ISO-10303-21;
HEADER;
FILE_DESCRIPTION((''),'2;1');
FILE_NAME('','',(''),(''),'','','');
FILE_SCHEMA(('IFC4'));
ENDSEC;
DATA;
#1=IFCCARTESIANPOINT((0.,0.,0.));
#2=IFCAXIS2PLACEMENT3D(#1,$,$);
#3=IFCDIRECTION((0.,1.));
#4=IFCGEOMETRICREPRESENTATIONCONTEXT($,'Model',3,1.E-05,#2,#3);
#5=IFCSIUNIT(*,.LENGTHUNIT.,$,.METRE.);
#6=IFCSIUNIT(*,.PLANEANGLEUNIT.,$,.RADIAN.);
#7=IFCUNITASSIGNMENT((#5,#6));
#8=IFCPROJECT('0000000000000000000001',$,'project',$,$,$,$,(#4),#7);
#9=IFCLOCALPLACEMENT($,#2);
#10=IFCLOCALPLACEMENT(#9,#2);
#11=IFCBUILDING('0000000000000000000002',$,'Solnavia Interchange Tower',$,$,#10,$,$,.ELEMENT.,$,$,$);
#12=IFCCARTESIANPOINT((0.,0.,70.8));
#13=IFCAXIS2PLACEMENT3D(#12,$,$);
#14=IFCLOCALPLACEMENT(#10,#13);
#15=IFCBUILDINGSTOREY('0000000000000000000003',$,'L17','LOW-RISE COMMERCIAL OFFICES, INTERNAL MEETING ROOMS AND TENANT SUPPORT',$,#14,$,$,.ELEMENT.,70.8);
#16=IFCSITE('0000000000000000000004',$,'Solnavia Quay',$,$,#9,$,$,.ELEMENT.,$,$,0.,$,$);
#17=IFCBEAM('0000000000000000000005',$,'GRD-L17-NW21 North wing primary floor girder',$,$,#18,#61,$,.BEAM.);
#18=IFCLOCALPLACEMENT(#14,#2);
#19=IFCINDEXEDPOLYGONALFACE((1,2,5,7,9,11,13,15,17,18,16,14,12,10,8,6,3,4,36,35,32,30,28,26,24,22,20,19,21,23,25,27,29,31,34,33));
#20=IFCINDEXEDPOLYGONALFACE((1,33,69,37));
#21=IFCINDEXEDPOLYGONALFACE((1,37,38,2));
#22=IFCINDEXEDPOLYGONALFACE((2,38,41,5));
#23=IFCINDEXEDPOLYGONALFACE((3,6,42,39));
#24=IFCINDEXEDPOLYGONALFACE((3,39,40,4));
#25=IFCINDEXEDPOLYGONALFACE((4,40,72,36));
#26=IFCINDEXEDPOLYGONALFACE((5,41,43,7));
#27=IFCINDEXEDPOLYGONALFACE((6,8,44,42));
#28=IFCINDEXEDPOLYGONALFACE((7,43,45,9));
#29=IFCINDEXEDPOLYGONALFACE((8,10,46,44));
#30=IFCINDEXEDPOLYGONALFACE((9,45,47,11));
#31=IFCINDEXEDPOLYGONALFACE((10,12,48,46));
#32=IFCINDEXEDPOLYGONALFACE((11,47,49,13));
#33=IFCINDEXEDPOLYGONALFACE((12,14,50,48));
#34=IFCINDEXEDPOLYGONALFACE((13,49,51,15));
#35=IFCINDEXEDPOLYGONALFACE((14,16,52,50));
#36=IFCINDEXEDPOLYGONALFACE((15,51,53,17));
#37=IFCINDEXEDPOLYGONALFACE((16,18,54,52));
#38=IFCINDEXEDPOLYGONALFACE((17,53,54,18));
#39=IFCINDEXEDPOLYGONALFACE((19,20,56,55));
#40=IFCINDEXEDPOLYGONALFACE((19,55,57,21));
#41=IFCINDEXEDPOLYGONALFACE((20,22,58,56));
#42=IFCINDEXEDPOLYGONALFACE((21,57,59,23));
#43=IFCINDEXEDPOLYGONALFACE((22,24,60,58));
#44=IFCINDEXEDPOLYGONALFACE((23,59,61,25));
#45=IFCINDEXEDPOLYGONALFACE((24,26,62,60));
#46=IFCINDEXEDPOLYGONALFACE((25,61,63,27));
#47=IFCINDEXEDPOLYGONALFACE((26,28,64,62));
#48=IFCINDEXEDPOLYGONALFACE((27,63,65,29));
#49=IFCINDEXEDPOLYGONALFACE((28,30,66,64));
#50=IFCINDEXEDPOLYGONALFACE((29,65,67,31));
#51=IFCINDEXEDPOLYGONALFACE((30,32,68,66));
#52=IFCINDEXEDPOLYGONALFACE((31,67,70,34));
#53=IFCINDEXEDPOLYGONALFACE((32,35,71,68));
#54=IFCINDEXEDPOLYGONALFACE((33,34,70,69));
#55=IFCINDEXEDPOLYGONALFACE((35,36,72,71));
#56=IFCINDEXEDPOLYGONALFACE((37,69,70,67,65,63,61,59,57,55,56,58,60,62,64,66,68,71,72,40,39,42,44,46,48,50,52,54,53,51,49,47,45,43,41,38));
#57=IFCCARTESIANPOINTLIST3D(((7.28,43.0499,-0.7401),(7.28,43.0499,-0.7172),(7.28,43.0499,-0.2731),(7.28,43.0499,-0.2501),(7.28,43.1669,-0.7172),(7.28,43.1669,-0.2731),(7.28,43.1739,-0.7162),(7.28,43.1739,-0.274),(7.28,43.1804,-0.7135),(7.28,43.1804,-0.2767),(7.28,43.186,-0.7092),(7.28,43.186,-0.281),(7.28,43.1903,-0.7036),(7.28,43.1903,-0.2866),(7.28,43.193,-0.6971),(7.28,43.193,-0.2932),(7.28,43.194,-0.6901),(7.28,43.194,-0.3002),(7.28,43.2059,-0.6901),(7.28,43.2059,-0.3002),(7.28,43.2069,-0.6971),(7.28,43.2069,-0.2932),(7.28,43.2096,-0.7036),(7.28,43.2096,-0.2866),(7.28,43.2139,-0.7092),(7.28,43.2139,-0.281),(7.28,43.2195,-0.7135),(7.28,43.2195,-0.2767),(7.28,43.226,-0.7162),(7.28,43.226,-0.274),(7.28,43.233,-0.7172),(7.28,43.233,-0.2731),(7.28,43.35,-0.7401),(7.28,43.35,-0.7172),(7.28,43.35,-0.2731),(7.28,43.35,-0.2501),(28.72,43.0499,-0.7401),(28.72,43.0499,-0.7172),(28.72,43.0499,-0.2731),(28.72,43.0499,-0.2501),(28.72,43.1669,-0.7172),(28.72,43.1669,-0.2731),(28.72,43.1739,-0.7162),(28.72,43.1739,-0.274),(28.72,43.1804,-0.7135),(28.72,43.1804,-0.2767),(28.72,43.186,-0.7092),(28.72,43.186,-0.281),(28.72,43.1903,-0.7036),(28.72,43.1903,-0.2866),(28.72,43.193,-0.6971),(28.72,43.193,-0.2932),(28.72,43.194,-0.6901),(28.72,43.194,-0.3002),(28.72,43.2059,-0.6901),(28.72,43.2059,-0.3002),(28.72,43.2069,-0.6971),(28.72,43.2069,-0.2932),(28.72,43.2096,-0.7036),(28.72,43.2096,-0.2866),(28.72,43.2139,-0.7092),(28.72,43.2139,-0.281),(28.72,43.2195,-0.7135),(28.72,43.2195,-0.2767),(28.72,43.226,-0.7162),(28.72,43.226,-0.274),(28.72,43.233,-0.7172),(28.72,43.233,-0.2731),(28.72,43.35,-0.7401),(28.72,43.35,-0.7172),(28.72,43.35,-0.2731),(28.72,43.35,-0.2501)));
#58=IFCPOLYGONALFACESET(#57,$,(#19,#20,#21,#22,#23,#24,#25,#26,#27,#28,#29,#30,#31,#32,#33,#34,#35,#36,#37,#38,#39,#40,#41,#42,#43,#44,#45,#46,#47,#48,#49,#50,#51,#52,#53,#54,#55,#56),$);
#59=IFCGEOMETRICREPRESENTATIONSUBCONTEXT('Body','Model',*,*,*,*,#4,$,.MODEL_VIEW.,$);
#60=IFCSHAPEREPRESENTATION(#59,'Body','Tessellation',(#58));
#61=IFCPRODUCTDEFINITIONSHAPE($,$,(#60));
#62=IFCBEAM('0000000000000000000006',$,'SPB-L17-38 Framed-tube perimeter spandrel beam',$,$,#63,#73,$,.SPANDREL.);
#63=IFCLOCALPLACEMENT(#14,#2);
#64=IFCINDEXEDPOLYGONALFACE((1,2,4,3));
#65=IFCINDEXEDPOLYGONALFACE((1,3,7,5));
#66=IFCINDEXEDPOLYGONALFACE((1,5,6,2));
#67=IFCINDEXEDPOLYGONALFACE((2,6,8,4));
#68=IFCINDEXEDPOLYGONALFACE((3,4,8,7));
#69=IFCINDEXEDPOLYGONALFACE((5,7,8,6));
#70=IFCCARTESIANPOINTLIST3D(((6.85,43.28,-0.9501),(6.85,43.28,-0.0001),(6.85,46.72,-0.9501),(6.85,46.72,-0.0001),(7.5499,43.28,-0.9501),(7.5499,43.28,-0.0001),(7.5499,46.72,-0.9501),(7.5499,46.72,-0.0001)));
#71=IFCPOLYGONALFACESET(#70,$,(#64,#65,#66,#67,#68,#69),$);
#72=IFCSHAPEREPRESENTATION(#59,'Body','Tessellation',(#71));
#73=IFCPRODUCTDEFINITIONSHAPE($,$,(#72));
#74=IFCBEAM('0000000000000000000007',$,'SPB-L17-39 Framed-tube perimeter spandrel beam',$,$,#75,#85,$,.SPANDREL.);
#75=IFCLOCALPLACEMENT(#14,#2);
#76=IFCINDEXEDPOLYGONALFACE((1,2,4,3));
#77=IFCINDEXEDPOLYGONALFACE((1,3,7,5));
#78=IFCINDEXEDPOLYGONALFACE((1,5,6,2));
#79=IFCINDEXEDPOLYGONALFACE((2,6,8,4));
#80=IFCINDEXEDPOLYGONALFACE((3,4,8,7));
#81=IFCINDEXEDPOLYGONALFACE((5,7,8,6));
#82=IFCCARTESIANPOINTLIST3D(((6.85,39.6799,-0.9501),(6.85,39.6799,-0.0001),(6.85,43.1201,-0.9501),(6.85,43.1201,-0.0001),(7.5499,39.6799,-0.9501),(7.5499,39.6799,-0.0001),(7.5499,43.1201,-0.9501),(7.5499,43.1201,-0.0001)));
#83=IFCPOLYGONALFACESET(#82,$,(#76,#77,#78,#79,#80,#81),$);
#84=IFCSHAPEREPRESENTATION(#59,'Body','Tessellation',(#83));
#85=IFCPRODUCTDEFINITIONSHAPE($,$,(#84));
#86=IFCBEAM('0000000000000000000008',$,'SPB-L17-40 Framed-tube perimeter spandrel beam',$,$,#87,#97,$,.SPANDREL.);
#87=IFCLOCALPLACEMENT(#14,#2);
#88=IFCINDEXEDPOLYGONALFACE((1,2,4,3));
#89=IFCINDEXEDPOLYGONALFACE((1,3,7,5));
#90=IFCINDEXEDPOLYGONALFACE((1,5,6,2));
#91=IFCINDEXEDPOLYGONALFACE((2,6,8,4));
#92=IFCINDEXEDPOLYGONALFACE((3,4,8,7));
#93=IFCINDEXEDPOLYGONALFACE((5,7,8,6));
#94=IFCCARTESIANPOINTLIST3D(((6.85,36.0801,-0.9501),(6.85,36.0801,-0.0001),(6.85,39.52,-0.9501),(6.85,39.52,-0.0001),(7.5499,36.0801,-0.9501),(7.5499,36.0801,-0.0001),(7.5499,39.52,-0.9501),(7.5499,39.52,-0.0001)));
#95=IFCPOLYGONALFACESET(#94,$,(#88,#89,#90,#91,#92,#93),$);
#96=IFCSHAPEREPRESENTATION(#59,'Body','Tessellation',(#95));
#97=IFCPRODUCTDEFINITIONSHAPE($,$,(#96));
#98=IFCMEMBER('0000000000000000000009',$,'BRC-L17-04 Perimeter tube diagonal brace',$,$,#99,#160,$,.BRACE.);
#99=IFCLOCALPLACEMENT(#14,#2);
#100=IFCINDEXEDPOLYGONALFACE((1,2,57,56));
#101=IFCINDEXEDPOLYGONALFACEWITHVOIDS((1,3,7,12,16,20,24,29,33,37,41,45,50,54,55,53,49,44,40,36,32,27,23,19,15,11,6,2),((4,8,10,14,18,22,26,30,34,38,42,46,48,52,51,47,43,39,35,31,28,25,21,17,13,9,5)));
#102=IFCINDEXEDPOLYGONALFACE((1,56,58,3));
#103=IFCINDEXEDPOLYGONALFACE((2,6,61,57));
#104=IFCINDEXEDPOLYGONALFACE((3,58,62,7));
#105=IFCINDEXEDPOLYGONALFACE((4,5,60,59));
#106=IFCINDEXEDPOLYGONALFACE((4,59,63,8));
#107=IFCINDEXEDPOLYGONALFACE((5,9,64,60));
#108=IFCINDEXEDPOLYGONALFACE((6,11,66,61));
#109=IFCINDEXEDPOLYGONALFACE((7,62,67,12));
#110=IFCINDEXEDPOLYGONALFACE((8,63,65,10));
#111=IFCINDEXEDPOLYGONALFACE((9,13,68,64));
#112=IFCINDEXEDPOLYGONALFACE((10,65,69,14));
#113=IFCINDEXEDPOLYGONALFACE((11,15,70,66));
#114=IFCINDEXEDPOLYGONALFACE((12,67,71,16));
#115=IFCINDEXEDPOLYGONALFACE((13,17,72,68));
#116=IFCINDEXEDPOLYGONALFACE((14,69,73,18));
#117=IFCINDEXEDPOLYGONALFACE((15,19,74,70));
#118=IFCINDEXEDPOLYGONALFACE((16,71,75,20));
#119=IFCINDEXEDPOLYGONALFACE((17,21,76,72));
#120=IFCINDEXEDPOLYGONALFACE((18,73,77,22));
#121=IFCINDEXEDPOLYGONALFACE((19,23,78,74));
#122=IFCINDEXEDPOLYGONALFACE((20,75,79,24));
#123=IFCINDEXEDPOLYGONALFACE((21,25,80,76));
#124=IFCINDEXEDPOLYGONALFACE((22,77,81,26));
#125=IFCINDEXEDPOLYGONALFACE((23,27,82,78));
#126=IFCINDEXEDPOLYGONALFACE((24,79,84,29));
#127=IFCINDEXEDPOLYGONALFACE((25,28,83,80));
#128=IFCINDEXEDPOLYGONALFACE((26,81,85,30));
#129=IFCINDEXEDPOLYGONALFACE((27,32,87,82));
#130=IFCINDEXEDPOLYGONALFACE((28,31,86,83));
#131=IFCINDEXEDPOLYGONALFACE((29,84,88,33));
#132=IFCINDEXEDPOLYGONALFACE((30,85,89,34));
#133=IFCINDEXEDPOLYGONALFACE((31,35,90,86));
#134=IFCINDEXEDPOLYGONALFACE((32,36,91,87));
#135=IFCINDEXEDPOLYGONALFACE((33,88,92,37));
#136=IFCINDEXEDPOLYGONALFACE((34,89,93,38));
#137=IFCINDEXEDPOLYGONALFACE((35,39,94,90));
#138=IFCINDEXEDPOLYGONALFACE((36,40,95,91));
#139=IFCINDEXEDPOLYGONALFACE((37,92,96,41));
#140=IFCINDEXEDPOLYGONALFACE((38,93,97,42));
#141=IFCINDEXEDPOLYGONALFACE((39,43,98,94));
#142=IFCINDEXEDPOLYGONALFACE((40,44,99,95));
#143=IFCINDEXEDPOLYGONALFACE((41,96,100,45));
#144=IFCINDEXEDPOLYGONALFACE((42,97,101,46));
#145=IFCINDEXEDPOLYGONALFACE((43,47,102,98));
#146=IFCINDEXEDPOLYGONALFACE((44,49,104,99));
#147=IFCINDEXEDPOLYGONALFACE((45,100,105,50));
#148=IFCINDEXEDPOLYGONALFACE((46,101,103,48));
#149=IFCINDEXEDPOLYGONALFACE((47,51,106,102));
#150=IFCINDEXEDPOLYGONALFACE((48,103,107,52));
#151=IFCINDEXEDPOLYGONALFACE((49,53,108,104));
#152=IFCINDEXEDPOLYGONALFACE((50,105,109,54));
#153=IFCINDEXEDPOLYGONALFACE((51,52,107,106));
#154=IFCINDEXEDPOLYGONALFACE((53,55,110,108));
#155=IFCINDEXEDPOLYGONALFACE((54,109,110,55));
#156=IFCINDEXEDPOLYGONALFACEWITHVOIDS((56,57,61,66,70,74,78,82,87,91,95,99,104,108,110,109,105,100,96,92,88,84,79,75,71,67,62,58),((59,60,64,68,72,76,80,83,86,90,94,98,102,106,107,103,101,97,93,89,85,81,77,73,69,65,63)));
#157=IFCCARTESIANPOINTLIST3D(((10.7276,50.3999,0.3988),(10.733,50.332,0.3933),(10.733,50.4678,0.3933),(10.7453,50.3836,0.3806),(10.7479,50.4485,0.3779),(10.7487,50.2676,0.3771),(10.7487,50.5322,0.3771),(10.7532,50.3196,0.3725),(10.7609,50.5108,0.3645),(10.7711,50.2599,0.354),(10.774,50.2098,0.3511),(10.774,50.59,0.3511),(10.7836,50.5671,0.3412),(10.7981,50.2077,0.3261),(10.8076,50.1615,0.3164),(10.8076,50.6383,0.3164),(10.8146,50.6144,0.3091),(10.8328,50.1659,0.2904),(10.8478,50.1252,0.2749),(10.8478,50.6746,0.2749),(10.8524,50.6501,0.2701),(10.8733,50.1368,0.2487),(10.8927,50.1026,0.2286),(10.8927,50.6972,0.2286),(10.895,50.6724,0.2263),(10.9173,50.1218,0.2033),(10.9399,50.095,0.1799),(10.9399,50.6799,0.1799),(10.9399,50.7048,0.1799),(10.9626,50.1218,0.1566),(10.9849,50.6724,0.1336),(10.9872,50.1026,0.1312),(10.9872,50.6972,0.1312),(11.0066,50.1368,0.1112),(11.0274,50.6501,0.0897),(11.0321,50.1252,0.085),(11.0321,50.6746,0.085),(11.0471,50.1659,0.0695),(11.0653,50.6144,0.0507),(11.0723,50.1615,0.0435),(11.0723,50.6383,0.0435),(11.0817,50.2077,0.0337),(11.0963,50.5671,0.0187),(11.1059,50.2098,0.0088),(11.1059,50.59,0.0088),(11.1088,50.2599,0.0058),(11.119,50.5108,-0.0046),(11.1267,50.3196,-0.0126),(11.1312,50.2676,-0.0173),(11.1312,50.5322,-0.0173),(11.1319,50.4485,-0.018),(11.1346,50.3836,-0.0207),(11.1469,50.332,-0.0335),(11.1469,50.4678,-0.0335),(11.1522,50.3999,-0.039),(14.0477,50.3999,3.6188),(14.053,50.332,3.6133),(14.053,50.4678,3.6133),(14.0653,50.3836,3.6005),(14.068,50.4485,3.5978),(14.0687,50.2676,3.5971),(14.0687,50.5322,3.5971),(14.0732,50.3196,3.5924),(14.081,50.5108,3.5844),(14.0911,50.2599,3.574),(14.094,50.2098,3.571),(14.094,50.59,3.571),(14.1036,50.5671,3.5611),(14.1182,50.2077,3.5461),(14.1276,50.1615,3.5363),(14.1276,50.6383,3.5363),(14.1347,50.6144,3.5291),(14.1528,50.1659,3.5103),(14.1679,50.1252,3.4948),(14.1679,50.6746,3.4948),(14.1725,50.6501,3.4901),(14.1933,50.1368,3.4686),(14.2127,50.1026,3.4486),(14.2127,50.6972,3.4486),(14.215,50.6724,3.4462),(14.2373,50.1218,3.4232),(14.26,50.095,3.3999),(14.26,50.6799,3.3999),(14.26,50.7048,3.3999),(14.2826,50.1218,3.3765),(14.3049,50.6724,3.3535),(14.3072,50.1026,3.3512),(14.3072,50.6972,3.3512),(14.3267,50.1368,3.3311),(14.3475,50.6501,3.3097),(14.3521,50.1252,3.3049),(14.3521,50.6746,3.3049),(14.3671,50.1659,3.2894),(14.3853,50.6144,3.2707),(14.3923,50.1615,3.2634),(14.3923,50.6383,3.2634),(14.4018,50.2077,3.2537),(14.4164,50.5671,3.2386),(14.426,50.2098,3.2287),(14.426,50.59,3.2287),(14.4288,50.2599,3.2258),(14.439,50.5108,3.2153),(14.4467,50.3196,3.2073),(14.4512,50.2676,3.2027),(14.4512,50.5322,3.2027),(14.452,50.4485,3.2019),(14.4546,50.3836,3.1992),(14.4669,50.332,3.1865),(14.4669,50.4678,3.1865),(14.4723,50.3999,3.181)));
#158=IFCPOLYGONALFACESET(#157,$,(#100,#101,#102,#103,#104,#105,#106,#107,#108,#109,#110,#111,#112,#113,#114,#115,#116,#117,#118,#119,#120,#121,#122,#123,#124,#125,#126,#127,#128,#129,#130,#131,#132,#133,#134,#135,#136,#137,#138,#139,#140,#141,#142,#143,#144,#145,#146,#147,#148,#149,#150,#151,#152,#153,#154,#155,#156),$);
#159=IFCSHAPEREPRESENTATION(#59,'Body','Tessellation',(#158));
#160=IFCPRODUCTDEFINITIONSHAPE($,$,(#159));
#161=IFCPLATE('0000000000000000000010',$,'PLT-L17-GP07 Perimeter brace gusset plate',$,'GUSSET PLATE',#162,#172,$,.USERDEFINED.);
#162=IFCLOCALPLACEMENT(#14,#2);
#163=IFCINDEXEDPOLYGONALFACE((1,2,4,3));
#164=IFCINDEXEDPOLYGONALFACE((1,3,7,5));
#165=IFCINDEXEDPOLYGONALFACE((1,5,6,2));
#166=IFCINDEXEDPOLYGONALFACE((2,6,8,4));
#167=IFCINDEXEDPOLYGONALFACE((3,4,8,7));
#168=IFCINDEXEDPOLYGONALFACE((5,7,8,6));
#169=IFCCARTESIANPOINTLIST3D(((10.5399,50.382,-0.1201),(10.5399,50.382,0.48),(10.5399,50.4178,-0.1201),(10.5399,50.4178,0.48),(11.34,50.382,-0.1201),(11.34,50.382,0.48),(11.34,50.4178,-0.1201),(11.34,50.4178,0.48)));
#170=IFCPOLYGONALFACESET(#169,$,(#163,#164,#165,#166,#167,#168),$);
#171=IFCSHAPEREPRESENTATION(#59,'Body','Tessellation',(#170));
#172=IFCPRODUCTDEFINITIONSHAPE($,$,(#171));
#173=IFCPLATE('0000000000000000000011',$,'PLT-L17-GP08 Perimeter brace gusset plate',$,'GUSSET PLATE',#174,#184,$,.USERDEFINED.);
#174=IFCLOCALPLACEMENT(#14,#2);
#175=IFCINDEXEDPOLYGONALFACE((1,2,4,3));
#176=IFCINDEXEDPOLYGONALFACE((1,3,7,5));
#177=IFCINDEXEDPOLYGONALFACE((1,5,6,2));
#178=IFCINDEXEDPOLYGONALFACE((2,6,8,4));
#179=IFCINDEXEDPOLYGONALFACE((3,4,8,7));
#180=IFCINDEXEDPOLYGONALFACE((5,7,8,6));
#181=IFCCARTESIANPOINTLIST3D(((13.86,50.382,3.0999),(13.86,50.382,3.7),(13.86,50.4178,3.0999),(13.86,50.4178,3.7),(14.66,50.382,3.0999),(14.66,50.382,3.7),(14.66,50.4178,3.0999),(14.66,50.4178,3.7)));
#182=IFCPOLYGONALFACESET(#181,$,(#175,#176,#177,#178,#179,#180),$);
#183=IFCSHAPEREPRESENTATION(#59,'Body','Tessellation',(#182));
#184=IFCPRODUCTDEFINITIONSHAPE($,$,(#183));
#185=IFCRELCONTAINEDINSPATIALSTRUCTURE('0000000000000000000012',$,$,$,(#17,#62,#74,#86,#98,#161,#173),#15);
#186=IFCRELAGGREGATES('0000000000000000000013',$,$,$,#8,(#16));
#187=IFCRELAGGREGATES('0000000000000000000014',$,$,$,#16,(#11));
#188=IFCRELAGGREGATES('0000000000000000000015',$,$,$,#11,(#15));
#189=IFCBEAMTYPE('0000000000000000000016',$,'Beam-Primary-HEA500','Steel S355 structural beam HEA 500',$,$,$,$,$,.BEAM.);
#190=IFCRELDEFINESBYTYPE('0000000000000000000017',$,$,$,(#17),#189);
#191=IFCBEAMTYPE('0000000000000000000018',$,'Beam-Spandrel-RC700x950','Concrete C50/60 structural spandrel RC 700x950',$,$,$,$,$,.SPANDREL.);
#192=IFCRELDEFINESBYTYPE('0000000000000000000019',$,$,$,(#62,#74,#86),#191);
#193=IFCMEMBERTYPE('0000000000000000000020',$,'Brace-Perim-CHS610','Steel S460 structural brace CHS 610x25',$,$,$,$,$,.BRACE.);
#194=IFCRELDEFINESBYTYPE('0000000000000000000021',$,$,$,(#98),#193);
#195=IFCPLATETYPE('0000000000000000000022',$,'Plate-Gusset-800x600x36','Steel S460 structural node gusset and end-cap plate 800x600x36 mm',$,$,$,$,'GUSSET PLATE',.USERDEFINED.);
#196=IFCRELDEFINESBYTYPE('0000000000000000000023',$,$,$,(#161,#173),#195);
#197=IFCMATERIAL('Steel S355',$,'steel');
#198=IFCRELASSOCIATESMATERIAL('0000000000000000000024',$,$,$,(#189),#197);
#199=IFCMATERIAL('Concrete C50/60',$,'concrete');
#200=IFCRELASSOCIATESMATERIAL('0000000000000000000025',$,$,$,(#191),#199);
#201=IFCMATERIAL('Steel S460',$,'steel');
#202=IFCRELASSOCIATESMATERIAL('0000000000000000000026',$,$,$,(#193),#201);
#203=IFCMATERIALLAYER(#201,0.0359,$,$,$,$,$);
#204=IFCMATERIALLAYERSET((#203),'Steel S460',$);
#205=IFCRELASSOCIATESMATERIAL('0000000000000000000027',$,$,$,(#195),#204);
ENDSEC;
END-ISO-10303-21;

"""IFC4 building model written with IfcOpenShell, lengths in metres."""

from ifc_helpers import new_model, si_unit, direction, frame, origin, origin_2d, place, context, subcontext, project, spatial, rectangle, hollow_circle, i_section, extrude, material, layer, layer_set, material_profile, profile_set, type_object, element, save


model = new_model("IFC4")

# Units and contexts
model_context = context("Model", 3, precision=1e-05, world=origin(), true_north=direction((0.0, 1.0)))
body_context = subcontext(model_context, "Body", "Model", "MODEL_VIEW")
ifc_project = project(units=[si_unit("LENGTHUNIT", "METRE"), si_unit("PLANEANGLEUNIT", "RADIAN")], contexts=[model_context])

# Site, building, storey
site_placement = place(None, origin())
site = spatial("IfcSite", under=ifc_project, at=site_placement, Name="Solnavia Quay", CompositionType="ELEMENT", RefElevation=0.0)
building_placement = place(site_placement, origin())
building = spatial("IfcBuilding", under=site, at=building_placement, Name="Solnavia Interchange Tower", CompositionType="ELEMENT")
storey_placement = place(building_placement, frame((0.0, 0.0, 70.8)))
storey = spatial("IfcBuildingStorey", under=building, at=storey_placement, Name="L17", Description="LOW-RISE COMMERCIAL OFFICES, INTERNAL MEETING ROOMS AND TENANT SUPPORT", CompositionType="ELEMENT", Elevation=70.8)

# Beams
ifc_material_1 = material(Name="Steel S460", Category="steel")
ifc_material_2 = material(Name="Steel S355", Category="steel")
ifc_material_profile_1 = material_profile(ifc_material_2, i_section(OverallWidth=0.3, OverallDepth=0.49, WebThickness=0.012, FlangeThickness=0.0229, FilletRadius=0.0271, at=origin_2d()), Name="HEA 500")
ifc_profile_set_1 = profile_set([ifc_material_profile_1], Name="Steel S355")
beam_type_1 = type_object("IfcBeamType", Name="Beam-Primary-HEA500", Description="Steel S355 structural beam HEA 500", PredefinedType="BEAM", material=ifc_profile_set_1)
beam_1_placement = place(storey_placement, frame((7.28, 43.2, -0.4951), z_axis=(1.0, 0.0, 0.0), x_axis=(0.0, 1.0, 0.0)))
element("IfcBeam", 1, at=beam_1_placement, inside=storey, type_object=beam_type_1, Name="GRD-L17-NW21 North wing primary floor girder", PredefinedType="BEAM", context=body_context, shape_type="SweptSolid", body=[
    extrude(i_section(OverallWidth=0.3, OverallDepth=0.49, WebThickness=0.012, FlangeThickness=0.0229, FilletRadius=0.0271, at=origin_2d()), origin(), (0.0, 0.0, 1.0), 21.4399),
])
ifc_material_3 = material(Name="Concrete C50/60", Category="concrete")
ifc_material_profile_2 = material_profile(ifc_material_3, rectangle(XDim=0.7, YDim=0.95, at=origin_2d()), Name="RC 700x950")
ifc_profile_set_2 = profile_set([ifc_material_profile_2], Name="Concrete C50/60")
beam_type_2 = type_object("IfcBeamType", Name="Beam-Spandrel-RC700x950", Description="Concrete C50/60 structural spandrel RC 700x950", PredefinedType="SPANDREL", material=ifc_profile_set_2)
beam_2_placement = place(storey_placement, frame((7.2, 46.72, -0.4751), z_axis=(0.0, -1.0, 0.0), x_axis=(1.0, 0.0, 0.0)))
element("IfcBeam", 2, at=beam_2_placement, inside=storey, type_object=beam_type_2, Name="SPB-L17-38 Framed-tube perimeter spandrel beam", PredefinedType="SPANDREL", context=body_context, shape_type="SweptSolid", body=[
    extrude(rectangle(XDim=0.7, YDim=0.95, at=origin_2d()), origin(), (0.0, 0.0, 1.0), 3.4399),
])
beam_3_placement = place(storey_placement, frame((7.2, 43.1201, -0.4751), z_axis=(0.0, -1.0, 0.0), x_axis=(1.0, 0.0, 0.0)))
element("IfcBeam", 3, at=beam_3_placement, inside=storey, type_object=beam_type_2, Name="SPB-L17-39 Framed-tube perimeter spandrel beam", PredefinedType="SPANDREL", context=body_context, shape_type="SweptSolid", body=[
    extrude(rectangle(XDim=0.7, YDim=0.95, at=origin_2d()), origin(), (0.0, 0.0, 1.0), 3.4402),
])
beam_4_placement = place(storey_placement, frame((7.2, 39.52, -0.4751), z_axis=(0.0, -1.0, 0.0), x_axis=(1.0, 0.0, 0.0)))
element("IfcBeam", 4, at=beam_4_placement, inside=storey, type_object=beam_type_2, Name="SPB-L17-40 Framed-tube perimeter spandrel beam", PredefinedType="SPANDREL", context=body_context, shape_type="SweptSolid", body=[
    extrude(rectangle(XDim=0.7, YDim=0.95, at=origin_2d()), origin(), (0.0, 0.0, 1.0), 3.4399),
])

# Member
ifc_material_profile_3 = material_profile(ifc_material_1, hollow_circle(Radius=0.3049, WallThickness=0.0249, at=origin_2d()), Name="CHS 610x25")
ifc_profile_set_3 = profile_set([ifc_material_profile_3], Name="Steel S460")
member_type = type_object("IfcMemberType", Name="Brace-Perim-CHS610", Description="Steel S460 structural brace CHS 610x25", PredefinedType="BRACE", material=ifc_profile_set_3)
member_placement = place(storey_placement, frame((10.9399, 50.3999, 0.1799), z_axis=(0.717845, 0.0, 0.696203), x_axis=(0.0, 1.0, 0.0)))
element("IfcMember", 5, at=member_placement, inside=storey, type_object=member_type, Name="BRC-L17-04 Perimeter tube diagonal brace", PredefinedType="BRACE", context=body_context, shape_type="SweptSolid", body=[
    extrude(hollow_circle(Radius=0.3049, WallThickness=0.0249, at=origin_2d()), origin(), (0.0, 0.0, 1.0), 4.625),
])

# Plates
ifc_layer_1 = layer(ifc_material_1, 0.0359)
ifc_layer_set_1 = layer_set([ifc_layer_1], Name="Steel S460")
plate_type = type_object("IfcPlateType", Name="Plate-Gusset-800x600x36", Description="Steel S460 structural node gusset and end-cap plate 800x600x36 mm", ElementType="GUSSET PLATE", PredefinedType="USERDEFINED", material=ifc_layer_set_1)
for number, where, z_axis, x_axis, name in (
    (6, (10.9399, 50.3999, -0.1201), (0.0, 0.0, 1.0), (1.0, 0.0, 0.0), "PLT-L17-GP07 Perimeter brace gusset plate"),
    (7, (14.26, 50.3999, 3.0999), (0.0, 0.0, 1.0), (1.0, 0.0, 0.0), "PLT-L17-GP08 Perimeter brace gusset plate"),
):
    element("IfcPlate", number, at=place(storey_placement, frame(where, z_axis=z_axis, x_axis=x_axis)), inside=storey, type_object=plate_type, Name=name, ObjectType="GUSSET PLATE", PredefinedType="USERDEFINED", context=body_context, shape_type="SweptSolid", body=[
        extrude(rectangle(XDim=0.8, YDim=0.0359, at=origin_2d()), origin(), (0.0, 0.0, 1.0), 0.6001),
    ])

save(model, "model.ifc")
